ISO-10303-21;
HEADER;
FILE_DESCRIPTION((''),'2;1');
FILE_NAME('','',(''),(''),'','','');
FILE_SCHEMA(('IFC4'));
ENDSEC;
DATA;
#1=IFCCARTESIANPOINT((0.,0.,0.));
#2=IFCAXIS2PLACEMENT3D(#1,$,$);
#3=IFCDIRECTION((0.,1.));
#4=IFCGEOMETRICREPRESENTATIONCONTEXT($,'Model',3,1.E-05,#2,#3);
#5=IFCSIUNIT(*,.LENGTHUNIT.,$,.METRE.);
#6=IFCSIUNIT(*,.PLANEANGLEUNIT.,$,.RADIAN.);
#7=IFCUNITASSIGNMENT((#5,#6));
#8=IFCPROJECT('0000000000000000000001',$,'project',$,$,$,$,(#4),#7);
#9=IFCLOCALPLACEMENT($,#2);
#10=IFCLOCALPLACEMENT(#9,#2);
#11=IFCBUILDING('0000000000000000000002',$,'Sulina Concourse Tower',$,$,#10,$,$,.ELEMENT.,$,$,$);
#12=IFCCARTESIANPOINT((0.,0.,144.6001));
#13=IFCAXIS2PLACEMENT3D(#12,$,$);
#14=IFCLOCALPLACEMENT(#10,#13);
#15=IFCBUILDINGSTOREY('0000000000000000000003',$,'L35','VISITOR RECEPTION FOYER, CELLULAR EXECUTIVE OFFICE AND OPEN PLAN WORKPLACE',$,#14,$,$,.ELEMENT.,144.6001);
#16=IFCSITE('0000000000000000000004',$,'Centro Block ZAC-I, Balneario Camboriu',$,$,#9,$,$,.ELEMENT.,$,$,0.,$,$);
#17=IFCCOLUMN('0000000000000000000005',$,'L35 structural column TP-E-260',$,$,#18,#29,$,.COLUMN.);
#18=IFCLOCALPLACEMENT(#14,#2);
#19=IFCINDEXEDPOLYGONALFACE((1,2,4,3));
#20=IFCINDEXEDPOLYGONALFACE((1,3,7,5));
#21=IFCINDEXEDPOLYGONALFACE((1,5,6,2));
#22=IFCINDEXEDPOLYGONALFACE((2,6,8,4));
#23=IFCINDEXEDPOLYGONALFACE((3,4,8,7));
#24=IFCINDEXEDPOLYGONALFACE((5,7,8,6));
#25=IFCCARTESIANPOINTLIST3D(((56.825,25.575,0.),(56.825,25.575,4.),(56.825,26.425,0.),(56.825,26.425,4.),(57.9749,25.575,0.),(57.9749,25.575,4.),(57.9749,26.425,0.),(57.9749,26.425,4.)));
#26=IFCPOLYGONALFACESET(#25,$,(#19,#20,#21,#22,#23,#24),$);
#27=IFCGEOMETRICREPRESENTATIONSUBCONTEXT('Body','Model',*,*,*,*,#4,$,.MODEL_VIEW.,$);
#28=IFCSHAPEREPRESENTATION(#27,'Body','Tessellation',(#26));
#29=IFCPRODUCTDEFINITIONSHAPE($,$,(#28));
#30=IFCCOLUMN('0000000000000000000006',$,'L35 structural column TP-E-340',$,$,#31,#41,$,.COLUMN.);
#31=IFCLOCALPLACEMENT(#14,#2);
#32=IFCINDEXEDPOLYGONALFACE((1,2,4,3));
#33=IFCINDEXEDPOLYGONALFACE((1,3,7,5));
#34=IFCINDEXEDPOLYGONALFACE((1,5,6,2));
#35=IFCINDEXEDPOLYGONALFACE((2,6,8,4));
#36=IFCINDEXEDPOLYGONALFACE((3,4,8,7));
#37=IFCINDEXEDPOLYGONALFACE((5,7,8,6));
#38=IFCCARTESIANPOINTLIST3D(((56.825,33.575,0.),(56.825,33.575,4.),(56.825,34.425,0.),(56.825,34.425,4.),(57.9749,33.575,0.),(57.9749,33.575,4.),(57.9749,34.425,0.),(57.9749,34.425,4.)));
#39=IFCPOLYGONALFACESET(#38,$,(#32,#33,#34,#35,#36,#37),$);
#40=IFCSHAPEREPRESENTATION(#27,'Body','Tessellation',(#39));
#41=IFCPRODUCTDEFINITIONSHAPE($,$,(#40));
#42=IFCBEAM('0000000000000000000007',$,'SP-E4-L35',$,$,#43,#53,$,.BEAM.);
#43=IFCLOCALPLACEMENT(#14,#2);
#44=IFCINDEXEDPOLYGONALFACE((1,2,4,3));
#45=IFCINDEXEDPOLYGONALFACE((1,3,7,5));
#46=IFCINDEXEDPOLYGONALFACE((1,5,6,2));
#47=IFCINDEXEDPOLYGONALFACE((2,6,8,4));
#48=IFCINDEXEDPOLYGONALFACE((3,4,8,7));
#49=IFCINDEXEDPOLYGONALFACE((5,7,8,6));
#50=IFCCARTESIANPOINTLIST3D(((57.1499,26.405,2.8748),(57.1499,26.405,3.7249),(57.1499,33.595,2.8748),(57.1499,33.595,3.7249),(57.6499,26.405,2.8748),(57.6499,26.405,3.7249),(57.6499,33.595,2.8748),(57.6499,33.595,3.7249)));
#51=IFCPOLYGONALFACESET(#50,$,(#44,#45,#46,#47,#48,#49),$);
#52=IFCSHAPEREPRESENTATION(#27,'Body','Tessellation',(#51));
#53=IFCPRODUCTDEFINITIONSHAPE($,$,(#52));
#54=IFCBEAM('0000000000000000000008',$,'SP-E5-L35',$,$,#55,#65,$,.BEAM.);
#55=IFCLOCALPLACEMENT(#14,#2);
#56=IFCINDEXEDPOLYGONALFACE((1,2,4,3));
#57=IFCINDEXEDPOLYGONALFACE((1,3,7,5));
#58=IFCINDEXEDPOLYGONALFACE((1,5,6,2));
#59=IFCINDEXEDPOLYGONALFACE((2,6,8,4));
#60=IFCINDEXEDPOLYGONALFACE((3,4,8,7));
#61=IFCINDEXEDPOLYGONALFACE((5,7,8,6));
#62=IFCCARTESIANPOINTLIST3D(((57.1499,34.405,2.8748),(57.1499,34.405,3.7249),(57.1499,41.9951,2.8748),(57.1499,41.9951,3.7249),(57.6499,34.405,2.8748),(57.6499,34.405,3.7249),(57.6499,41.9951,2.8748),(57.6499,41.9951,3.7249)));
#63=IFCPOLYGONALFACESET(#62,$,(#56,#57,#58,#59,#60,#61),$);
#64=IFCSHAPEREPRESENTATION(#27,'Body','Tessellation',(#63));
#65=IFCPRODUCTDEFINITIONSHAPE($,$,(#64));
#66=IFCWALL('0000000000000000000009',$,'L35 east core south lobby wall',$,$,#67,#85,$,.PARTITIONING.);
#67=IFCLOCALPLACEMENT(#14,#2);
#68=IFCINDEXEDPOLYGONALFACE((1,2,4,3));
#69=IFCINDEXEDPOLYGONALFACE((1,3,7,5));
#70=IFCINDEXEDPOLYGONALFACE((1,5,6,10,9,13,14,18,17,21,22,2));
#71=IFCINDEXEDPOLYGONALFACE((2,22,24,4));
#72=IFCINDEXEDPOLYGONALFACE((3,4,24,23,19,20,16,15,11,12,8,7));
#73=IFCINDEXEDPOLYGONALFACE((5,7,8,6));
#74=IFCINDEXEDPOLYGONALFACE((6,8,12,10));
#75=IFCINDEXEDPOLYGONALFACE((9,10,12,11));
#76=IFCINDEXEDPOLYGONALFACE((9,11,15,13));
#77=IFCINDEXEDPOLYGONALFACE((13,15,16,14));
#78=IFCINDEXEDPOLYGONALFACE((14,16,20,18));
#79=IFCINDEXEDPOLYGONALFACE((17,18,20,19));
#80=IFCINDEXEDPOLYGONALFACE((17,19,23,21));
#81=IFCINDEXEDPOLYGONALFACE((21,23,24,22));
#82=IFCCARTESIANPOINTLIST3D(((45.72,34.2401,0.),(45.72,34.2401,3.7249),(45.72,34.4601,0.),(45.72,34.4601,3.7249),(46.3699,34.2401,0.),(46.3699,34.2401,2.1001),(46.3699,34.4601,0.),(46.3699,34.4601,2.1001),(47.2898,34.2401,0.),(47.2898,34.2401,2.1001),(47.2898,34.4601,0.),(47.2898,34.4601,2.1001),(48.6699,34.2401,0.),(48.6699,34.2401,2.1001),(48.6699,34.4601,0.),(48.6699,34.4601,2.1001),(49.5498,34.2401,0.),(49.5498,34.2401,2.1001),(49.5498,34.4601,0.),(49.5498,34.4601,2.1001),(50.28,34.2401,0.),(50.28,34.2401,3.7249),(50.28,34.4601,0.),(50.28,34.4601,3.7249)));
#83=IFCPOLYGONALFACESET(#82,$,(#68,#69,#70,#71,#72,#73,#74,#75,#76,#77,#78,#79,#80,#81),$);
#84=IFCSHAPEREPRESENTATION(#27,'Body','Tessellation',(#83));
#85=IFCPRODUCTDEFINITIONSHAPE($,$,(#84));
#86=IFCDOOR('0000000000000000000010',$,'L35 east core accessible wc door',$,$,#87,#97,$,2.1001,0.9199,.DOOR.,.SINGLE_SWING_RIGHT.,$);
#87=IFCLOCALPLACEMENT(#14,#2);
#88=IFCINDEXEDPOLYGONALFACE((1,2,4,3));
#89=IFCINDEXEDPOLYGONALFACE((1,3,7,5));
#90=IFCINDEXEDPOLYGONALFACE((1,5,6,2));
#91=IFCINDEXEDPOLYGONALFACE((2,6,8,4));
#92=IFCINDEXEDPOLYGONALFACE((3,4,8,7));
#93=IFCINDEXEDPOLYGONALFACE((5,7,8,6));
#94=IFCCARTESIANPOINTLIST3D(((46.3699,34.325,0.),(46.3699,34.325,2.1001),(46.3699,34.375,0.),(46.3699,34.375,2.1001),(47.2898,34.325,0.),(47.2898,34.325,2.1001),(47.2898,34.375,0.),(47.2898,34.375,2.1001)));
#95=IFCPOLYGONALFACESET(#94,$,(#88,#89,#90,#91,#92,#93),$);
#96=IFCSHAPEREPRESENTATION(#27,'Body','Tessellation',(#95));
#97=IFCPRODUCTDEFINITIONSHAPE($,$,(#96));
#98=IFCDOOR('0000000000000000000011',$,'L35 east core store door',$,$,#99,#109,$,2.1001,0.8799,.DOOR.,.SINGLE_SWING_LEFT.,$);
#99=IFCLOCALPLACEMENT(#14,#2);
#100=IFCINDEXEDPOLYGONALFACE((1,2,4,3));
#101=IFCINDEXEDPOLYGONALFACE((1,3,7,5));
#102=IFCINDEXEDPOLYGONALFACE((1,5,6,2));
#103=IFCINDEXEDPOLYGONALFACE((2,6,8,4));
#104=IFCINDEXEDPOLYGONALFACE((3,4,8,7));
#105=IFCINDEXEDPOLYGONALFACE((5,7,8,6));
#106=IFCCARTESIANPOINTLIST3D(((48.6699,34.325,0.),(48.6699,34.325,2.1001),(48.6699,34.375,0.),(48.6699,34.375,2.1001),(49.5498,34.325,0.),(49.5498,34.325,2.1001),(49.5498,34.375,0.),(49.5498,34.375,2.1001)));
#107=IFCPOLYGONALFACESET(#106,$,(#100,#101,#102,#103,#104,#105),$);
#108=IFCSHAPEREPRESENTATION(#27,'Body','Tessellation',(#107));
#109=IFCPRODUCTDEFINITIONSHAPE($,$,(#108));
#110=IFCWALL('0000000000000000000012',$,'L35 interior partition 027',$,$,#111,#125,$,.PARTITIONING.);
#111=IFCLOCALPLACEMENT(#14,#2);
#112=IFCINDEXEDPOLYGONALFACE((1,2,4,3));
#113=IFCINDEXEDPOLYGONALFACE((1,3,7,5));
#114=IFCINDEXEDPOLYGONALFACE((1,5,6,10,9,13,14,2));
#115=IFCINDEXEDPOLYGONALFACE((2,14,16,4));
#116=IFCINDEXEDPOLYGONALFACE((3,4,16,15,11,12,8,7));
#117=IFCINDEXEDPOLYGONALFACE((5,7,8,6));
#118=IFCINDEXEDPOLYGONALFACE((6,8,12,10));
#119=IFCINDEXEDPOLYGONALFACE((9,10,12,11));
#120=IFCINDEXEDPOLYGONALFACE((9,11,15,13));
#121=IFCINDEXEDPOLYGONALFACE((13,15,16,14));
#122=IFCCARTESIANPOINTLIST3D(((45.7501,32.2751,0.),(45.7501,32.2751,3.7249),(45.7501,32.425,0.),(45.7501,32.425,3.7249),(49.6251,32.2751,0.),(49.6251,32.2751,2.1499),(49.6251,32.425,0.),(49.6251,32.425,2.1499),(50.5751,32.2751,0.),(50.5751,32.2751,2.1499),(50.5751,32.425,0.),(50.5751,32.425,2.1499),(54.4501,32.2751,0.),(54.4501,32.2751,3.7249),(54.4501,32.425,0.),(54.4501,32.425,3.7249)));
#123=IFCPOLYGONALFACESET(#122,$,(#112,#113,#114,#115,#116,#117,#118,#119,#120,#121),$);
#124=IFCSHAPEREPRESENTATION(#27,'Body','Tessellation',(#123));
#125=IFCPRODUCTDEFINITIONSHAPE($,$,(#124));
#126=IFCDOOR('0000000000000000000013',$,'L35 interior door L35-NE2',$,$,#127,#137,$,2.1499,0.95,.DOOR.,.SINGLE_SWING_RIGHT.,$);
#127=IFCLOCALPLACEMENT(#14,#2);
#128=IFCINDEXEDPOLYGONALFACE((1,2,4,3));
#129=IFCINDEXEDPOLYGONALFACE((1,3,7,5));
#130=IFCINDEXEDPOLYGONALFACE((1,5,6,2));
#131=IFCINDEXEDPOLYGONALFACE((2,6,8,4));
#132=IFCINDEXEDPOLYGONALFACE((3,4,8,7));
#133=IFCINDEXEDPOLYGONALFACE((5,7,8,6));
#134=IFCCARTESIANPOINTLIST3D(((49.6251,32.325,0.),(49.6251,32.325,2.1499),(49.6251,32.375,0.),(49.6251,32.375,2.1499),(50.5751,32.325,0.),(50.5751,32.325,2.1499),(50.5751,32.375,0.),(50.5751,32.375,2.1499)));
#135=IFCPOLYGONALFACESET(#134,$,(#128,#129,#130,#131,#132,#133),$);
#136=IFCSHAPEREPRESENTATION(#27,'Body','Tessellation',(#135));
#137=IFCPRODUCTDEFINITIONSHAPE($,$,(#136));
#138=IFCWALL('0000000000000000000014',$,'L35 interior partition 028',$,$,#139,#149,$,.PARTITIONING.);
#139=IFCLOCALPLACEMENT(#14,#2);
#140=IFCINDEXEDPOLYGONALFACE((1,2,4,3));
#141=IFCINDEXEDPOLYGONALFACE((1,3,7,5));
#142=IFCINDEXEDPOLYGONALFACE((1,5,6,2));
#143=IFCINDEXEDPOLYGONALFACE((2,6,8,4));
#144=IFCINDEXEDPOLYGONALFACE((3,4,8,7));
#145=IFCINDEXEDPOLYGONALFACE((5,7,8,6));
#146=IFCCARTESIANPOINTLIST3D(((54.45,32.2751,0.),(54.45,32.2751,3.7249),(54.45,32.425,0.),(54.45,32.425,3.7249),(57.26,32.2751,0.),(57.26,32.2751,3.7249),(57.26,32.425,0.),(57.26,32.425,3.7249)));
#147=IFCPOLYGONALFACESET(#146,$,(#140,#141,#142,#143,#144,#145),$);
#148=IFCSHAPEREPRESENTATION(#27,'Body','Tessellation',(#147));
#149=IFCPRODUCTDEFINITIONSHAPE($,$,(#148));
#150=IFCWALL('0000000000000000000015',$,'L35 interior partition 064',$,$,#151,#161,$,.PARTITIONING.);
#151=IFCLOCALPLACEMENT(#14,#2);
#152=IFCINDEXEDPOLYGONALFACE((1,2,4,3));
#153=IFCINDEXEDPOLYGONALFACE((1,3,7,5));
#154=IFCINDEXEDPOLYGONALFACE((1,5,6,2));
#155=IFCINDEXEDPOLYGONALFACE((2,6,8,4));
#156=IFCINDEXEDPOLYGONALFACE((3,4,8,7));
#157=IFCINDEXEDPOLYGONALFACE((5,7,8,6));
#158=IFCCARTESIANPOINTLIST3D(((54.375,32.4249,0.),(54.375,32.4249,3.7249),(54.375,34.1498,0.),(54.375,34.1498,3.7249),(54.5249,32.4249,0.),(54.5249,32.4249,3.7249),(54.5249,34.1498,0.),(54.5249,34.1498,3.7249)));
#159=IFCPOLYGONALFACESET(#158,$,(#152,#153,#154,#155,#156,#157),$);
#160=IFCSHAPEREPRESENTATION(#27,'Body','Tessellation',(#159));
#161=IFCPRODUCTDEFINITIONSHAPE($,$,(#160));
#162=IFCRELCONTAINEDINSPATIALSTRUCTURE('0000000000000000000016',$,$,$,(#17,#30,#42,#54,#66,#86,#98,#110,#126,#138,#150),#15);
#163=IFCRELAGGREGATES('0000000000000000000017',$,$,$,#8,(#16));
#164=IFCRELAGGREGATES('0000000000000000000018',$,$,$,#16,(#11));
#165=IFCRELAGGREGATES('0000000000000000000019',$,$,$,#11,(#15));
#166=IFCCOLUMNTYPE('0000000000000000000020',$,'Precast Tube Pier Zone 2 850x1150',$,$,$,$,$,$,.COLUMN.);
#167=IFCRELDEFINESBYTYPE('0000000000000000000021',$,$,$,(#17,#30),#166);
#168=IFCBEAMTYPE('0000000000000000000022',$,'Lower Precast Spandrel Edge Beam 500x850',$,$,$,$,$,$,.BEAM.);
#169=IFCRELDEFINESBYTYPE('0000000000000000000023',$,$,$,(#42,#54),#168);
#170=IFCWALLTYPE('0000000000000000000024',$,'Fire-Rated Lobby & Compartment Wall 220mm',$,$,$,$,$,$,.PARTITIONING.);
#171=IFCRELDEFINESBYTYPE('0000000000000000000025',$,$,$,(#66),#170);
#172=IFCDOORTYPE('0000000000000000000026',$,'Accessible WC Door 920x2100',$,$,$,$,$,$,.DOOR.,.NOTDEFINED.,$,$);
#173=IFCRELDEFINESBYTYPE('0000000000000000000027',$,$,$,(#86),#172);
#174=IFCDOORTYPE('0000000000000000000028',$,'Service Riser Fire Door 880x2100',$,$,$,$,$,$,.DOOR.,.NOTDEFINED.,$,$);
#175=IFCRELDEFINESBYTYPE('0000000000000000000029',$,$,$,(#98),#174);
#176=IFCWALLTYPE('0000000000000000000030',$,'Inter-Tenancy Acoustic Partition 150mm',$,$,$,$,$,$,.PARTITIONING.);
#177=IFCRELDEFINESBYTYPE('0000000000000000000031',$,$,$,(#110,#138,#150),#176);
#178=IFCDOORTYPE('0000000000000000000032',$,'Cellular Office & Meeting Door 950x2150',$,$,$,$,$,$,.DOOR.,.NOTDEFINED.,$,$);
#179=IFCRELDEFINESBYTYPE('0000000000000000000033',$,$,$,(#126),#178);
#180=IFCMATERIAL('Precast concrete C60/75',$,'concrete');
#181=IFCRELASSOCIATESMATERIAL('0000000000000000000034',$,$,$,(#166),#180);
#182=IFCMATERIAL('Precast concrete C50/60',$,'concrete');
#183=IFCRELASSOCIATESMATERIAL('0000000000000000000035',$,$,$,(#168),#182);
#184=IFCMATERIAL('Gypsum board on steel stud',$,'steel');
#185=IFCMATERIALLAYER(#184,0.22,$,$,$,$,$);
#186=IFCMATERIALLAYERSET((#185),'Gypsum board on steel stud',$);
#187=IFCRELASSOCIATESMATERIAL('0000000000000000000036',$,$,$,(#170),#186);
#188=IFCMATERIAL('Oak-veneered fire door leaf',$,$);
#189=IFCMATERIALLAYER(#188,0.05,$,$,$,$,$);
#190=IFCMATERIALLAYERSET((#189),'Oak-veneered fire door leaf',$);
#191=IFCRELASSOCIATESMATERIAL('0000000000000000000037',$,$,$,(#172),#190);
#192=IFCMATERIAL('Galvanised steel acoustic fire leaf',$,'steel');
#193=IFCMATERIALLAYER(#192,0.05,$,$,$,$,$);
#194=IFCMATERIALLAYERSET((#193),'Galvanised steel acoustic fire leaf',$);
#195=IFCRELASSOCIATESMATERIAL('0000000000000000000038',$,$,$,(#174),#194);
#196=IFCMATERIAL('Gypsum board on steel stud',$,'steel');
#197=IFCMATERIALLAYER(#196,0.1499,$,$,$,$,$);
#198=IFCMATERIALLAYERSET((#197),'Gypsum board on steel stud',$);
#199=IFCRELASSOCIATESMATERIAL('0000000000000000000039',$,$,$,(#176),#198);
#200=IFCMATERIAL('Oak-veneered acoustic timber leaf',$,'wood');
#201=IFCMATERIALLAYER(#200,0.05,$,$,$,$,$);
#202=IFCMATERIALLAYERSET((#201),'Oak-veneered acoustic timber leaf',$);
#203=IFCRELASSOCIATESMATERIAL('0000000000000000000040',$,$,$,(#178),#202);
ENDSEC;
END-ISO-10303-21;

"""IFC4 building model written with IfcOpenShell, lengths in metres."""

from ifc_helpers import new_model, si_unit, direction, frame, frame_2d, origin, origin_2d, place, context, subcontext, project, spatial, rectangle, extrude, material, layer, layer_set, material_profile, profile_set, type_object, element, fill, save


model = new_model("IFC4")

# Units and contexts
model_context = context("Model", 3, precision=1e-05, world=origin(), true_north=direction((0.0, 1.0)))
body_context = subcontext(model_context, "Body", "Model", "MODEL_VIEW")
ifc_project = project(units=[si_unit("LENGTHUNIT", "METRE"), si_unit("PLANEANGLEUNIT", "RADIAN")], contexts=[model_context])

# Site, building, storey
site_placement = place(None, origin())
site = spatial("IfcSite", under=ifc_project, at=site_placement, Name="Centro Block ZAC-I, Balneario Camboriu", CompositionType="ELEMENT", RefElevation=0.0)
building_placement = place(site_placement, origin())
building = spatial("IfcBuilding", under=site, at=building_placement, Name="Sulina Concourse Tower", CompositionType="ELEMENT")
storey_placement = place(building_placement, frame((0.0, 0.0, 144.6001)))
storey = spatial("IfcBuildingStorey", under=building, at=storey_placement, Name="L35", Description="VISITOR RECEPTION FOYER, CELLULAR EXECUTIVE OFFICE AND OPEN PLAN WORKPLACE", CompositionType="ELEMENT", Elevation=144.6001)

# Columns
ifc_material_1 = material(Name="Precast concrete C60/75", Category="concrete")
ifc_material_profile_1 = material_profile(ifc_material_1, rectangle(XDim=0.8501, YDim=1.1499, at=origin_2d()), Name="PC 850x1150")
ifc_profile_set_1 = profile_set([ifc_material_profile_1], Name="Precast concrete C60/75")
column_type = type_object("IfcColumnType", Name="Precast Tube Pier Zone 2 850x1150", PredefinedType="COLUMN", material=ifc_profile_set_1)
for number, where, z_axis, x_axis, name in (
    (1, (57.3999, 26.0, 0.0), (0.0, 0.0, 1.0), (0.0, 1.0, 0.0), "L35 structural column TP-E-260"),
    (2, (57.3999, 34.0, 0.0), (0.0, 0.0, 1.0), (0.0, 1.0, 0.0), "L35 structural column TP-E-340"),
):
    element("IfcColumn", number, at=place(storey_placement, frame(where, z_axis=z_axis, x_axis=x_axis)), inside=storey, type_object=column_type, Name=name, PredefinedType="COLUMN", context=body_context, shape_type="SweptSolid", body=[
        extrude(rectangle(XDim=0.8501, YDim=1.1499, at=origin_2d()), origin(), (0.0, 0.0, 1.0), 4.0),
    ])

# Beams
ifc_material_2 = material(Name="Precast concrete C50/60", Category="concrete")
ifc_material_profile_2 = material_profile(ifc_material_2, rectangle(XDim=0.5, YDim=0.8501, at=origin_2d()), Name="RC 500x850")
ifc_profile_set_2 = profile_set([ifc_material_profile_2], Name="Precast concrete C50/60")
beam_type = type_object("IfcBeamType", Name="Lower Precast Spandrel Edge Beam 500x850", PredefinedType="BEAM", material=ifc_profile_set_2)
beam_1_placement = place(storey_placement, frame((57.3999, 26.405, 3.2998), z_axis=(0.0, 1.0, 0.0), x_axis=(-1.0, 0.0, 0.0)))
element("IfcBeam", 3, at=beam_1_placement, inside=storey, type_object=beam_type, Name="SP-E4-L35", PredefinedType="BEAM", context=body_context, shape_type="SweptSolid", body=[
    extrude(rectangle(XDim=0.5, YDim=0.8501, at=origin_2d()), origin(), (0.0, 0.0, 1.0), 7.1899),
])
beam_2_placement = place(storey_placement, frame((57.3999, 34.405, 3.2998), z_axis=(0.0, 1.0, 0.0), x_axis=(-1.0, 0.0, 0.0)))
element("IfcBeam", 4, at=beam_2_placement, inside=storey, type_object=beam_type, Name="SP-E5-L35", PredefinedType="BEAM", context=body_context, shape_type="SweptSolid", body=[
    extrude(rectangle(XDim=0.5, YDim=0.8501, at=origin_2d()), origin(), (0.0, 0.0, 1.0), 7.5901),
])

# Wall, openings, doors
ifc_material_3 = material(Name="Gypsum board on steel stud", Category="steel")
ifc_layer_1 = layer(ifc_material_3, 0.22)
ifc_layer_set_1 = layer_set([ifc_layer_1], Name="Gypsum board on steel stud")
wall_type_1 = type_object("IfcWallType", Name="Fire-Rated Lobby & Compartment Wall 220mm", PredefinedType="PARTITIONING", material=ifc_layer_set_1)
wall_1_placement = place(storey_placement, frame((45.72, 34.3501, 0.0), z_axis=(0.0, 0.0, 1.0), x_axis=(1.0, 0.0, 0.0)))
wall_1 = element("IfcWall", 5, at=wall_1_placement, inside=storey, type_object=wall_type_1, Name="L35 east core south lobby wall", PredefinedType="PARTITIONING", context=body_context, shape_type="SweptSolid", body=[
    extrude(rectangle(XDim=4.5601, YDim=0.22, at=frame_2d((2.28, 0.0))), origin(), (0.0, 0.0, 1.0), 3.7249),
])
opening_1_placement = place(wall_1_placement, frame((0.6499, 0.0, 0.0)))
opening_1 = element("IfcOpeningElement", 6, at=opening_1_placement, cuts=wall_1, PredefinedType="OPENING", context=body_context, shape_type="SweptSolid", body=[
    extrude(rectangle(XDim=0.9199, YDim=2.1001, at=frame_2d((0.46, 1.05))), frame((0.0, 0.1199, 0.0), z_axis=(0.0, -1.0, 0.0), x_axis=(1.0, 0.0, 0.0)), (0.0, 0.0, 1.0), 0.24),
])
opening_2_placement = place(wall_1_placement, frame((2.95, 0.0, 0.0)))
opening_2 = element("IfcOpeningElement", 7, at=opening_2_placement, cuts=wall_1, PredefinedType="OPENING", context=body_context, shape_type="SweptSolid", body=[
    extrude(rectangle(XDim=0.8799, YDim=2.1001, at=frame_2d((0.4399, 1.05))), frame((0.0, 0.1199, 0.0), z_axis=(0.0, -1.0, 0.0), x_axis=(1.0, 0.0, 0.0)), (0.0, 0.0, 1.0), 0.24),
])
ifc_material_4 = material(Name="Oak-veneered fire door leaf")
ifc_layer_2 = layer(ifc_material_4, 0.05)
ifc_layer_set_2 = layer_set([ifc_layer_2], Name="Oak-veneered fire door leaf")
door_type_1 = type_object("IfcDoorType", Name="Accessible WC Door 920x2100", OperationType="NOTDEFINED", PredefinedType="DOOR", material=ifc_layer_set_2)
door_1_placement = place(opening_1_placement, origin())
door_1 = element("IfcDoor", 8, at=door_1_placement, inside=storey, type_object=door_type_1, Name="L35 east core accessible wc door", OperationType="SINGLE_SWING_RIGHT", OverallHeight=2.1001, OverallWidth=0.9199, PredefinedType="DOOR", context=body_context, shape_type="SweptSolid", body=[
    extrude(rectangle(XDim=0.9199, YDim=2.1001, at=frame_2d((0.46, 1.05))), frame((0.0, 0.0249, 0.0), z_axis=(0.0, -1.0, 0.0), x_axis=(1.0, 0.0, 0.0)), (0.0, 0.0, 1.0), 0.05),
])
fill(opening_1, door_1)
ifc_material_5 = material(Name="Galvanised steel acoustic fire leaf", Category="steel")
ifc_layer_3 = layer(ifc_material_5, 0.05)
ifc_layer_set_3 = layer_set([ifc_layer_3], Name="Galvanised steel acoustic fire leaf")
door_type_2 = type_object("IfcDoorType", Name="Service Riser Fire Door 880x2100", OperationType="NOTDEFINED", PredefinedType="DOOR", material=ifc_layer_set_3)
door_2_placement = place(opening_2_placement, origin())
door_2 = element("IfcDoor", 9, at=door_2_placement, inside=storey, type_object=door_type_2, Name="L35 east core store door", OperationType="SINGLE_SWING_LEFT", OverallHeight=2.1001, OverallWidth=0.8799, PredefinedType="DOOR", context=body_context, shape_type="SweptSolid", body=[
    extrude(rectangle(XDim=0.8799, YDim=2.1001, at=frame_2d((0.4399, 1.05))), frame((0.0, 0.0249, 0.0), z_axis=(0.0, -1.0, 0.0), x_axis=(1.0, 0.0, 0.0)), (0.0, 0.0, 1.0), 0.05),
])
fill(opening_2, door_2)

# Wall, opening, door
ifc_material_6 = material(Name="Gypsum board on steel stud", Category="steel")
ifc_layer_4 = layer(ifc_material_6, 0.1499)
ifc_layer_set_4 = layer_set([ifc_layer_4], Name="Gypsum board on steel stud")
wall_type_2 = type_object("IfcWallType", Name="Inter-Tenancy Acoustic Partition 150mm", PredefinedType="PARTITIONING", material=ifc_layer_set_4)
wall_2_placement = place(storey_placement, frame((45.75, 32.3501, 0.0), z_axis=(0.0, 0.0, 1.0), x_axis=(1.0, 0.0, 0.0)))
wall_2 = element("IfcWall", 10, at=wall_2_placement, inside=storey, type_object=wall_type_2, Name="L35 interior partition 027", PredefinedType="PARTITIONING", context=body_context, shape_type="SweptSolid", body=[
    extrude(rectangle(XDim=8.7, YDim=0.1499, at=frame_2d((4.3501, 0.0))), origin(), (0.0, 0.0, 1.0), 3.7249),
])
opening_3_placement = place(wall_2_placement, frame((3.875, 0.0, 0.0)))
opening_3 = element("IfcOpeningElement", 11, at=opening_3_placement, cuts=wall_2, PredefinedType="OPENING", context=body_context, shape_type="SweptSolid", body=[
    extrude(rectangle(XDim=0.95, YDim=2.1499, at=frame_2d((0.4751, 1.075))), frame((0.0, 0.085, 0.0), z_axis=(0.0, -1.0, 0.0), x_axis=(1.0, 0.0, 0.0)), (0.0, 0.0, 1.0), 0.1699),
])
ifc_material_7 = material(Name="Oak-veneered acoustic timber leaf", Category="wood")
ifc_layer_5 = layer(ifc_material_7, 0.05)
ifc_layer_set_5 = layer_set([ifc_layer_5], Name="Oak-veneered acoustic timber leaf")
door_type_3 = type_object("IfcDoorType", Name="Cellular Office & Meeting Door 950x2150", OperationType="NOTDEFINED", PredefinedType="DOOR", material=ifc_layer_set_5)
door_3_placement = place(opening_3_placement, origin())
door_3 = element("IfcDoor", 12, at=door_3_placement, inside=storey, type_object=door_type_3, Name="L35 interior door L35-NE2", OperationType="SINGLE_SWING_RIGHT", OverallHeight=2.1499, OverallWidth=0.95, PredefinedType="DOOR", context=body_context, shape_type="SweptSolid", body=[
    extrude(rectangle(XDim=0.95, YDim=2.1499, at=frame_2d((0.4751, 1.075))), frame((0.0, 0.0249, 0.0), z_axis=(0.0, -1.0, 0.0), x_axis=(1.0, 0.0, 0.0)), (0.0, 0.0, 1.0), 0.05),
])
fill(opening_3, door_3)

# Walls
wall_3_placement = place(storey_placement, frame((54.45, 32.3501, 0.0), z_axis=(0.0, 0.0, 1.0), x_axis=(1.0, 0.0, 0.0)))
element("IfcWall", 13, at=wall_3_placement, inside=storey, type_object=wall_type_2, Name="L35 interior partition 028", PredefinedType="PARTITIONING", context=body_context, shape_type="SweptSolid", body=[
    extrude(rectangle(XDim=2.8101, YDim=0.1499, at=frame_2d((1.405, 0.0))), origin(), (0.0, 0.0, 1.0), 3.7249),
])
wall_4_placement = place(storey_placement, frame((54.45, 32.425, 0.0), z_axis=(0.0, 0.0, 1.0), x_axis=(0.0, 1.0, 0.0)))
element("IfcWall", 14, at=wall_4_placement, inside=storey, type_object=wall_type_2, Name="L35 interior partition 064", PredefinedType="PARTITIONING", context=body_context, shape_type="SweptSolid", body=[
    extrude(rectangle(XDim=1.7249, YDim=0.1499, at=frame_2d((0.8623, 0.0))), origin(), (0.0, 0.0, 1.0), 3.7249),
])

save(model, "model.ifc")
